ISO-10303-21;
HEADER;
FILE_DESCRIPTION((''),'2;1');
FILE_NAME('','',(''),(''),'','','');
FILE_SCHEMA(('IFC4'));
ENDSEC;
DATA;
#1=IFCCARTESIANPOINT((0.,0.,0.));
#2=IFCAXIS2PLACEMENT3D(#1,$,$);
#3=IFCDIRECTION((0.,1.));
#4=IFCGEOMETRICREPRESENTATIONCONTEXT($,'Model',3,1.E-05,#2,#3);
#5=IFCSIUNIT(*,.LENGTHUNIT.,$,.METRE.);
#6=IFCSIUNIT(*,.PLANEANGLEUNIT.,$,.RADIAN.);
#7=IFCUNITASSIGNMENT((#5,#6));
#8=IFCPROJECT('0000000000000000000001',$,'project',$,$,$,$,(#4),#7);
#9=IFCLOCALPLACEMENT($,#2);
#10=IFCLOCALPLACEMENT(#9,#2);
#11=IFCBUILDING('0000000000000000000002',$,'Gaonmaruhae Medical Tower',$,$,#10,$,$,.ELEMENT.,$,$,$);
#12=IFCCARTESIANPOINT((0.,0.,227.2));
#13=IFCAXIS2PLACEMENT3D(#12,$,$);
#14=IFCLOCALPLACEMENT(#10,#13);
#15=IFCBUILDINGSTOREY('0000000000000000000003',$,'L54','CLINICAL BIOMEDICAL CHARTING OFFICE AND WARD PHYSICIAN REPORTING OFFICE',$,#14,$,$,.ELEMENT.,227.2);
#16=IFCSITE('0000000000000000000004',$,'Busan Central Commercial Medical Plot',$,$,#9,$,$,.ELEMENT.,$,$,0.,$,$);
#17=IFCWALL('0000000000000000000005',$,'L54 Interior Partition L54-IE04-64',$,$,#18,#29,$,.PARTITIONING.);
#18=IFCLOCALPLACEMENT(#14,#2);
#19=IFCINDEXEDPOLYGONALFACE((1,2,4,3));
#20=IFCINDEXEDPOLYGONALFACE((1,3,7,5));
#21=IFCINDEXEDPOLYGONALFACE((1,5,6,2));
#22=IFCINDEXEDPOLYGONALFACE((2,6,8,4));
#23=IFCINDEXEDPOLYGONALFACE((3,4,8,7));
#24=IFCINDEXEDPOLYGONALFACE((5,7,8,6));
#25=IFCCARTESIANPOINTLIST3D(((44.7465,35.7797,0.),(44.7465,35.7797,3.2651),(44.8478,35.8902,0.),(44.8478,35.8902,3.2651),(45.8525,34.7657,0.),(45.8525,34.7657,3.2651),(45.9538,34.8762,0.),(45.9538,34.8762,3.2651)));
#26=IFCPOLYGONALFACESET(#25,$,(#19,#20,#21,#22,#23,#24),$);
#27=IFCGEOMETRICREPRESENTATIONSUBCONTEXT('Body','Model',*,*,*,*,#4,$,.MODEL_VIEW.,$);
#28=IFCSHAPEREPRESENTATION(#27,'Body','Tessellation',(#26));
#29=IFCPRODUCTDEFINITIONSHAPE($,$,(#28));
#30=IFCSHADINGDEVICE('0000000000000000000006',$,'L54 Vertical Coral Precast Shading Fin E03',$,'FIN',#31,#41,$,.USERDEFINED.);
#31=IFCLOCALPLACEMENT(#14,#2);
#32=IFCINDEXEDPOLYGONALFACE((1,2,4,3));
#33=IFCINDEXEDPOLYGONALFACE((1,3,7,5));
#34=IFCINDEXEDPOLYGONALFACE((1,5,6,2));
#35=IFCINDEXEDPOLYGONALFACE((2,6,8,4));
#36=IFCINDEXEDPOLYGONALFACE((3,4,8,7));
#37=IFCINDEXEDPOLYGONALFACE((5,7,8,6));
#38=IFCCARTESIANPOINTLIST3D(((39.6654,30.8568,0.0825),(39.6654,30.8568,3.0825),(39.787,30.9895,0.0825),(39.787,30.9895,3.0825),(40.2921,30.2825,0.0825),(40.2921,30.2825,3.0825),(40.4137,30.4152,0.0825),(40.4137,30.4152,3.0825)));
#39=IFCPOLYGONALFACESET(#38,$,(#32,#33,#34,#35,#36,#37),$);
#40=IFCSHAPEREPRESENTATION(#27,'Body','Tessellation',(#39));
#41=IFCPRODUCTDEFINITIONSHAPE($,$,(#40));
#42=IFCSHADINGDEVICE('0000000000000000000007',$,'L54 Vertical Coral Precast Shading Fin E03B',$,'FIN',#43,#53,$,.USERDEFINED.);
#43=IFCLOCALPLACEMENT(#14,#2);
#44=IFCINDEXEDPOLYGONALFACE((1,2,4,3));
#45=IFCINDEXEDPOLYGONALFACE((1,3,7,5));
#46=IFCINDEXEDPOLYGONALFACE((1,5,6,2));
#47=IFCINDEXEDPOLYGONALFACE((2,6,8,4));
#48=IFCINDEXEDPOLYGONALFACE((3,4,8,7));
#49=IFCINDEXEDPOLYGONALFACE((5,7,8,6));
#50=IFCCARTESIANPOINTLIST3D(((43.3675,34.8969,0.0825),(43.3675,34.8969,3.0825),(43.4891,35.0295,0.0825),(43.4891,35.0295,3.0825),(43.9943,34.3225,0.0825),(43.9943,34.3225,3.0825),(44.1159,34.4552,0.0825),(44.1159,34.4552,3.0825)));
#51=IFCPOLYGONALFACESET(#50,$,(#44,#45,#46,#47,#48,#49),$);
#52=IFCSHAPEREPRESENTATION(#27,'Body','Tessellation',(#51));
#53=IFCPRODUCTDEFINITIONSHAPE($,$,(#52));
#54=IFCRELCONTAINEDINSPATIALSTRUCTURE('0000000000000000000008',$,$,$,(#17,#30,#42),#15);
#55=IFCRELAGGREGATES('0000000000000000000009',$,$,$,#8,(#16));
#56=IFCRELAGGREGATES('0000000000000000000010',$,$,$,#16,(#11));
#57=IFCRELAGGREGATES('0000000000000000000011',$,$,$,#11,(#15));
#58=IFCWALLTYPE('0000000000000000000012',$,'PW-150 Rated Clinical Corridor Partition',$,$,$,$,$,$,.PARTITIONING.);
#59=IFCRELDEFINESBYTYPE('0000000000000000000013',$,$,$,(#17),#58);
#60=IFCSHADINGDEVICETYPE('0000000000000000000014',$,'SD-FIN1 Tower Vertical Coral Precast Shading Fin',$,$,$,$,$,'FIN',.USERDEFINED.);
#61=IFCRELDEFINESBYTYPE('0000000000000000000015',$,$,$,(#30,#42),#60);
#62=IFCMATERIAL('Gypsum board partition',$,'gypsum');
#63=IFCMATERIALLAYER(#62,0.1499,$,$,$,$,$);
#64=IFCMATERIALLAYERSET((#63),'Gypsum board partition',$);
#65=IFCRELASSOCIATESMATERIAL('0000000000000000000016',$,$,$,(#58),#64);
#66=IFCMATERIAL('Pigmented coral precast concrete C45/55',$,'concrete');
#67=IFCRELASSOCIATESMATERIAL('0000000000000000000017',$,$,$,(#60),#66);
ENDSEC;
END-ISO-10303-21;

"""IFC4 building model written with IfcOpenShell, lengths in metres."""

from ifc_helpers import new_model, si_unit, direction, frame, frame_2d, origin, origin_2d, place, context, subcontext, project, spatial, rectangle, extrude, material, layer, layer_set, type_object, element, save


model = new_model("IFC4")

# Units and contexts
model_context = context("Model", 3, precision=1e-05, world=origin(), true_north=direction((0.0, 1.0)))
body_context = subcontext(model_context, "Body", "Model", "MODEL_VIEW")
ifc_project = project(units=[si_unit("LENGTHUNIT", "METRE"), si_unit("PLANEANGLEUNIT", "RADIAN")], contexts=[model_context])

# Site, building, storey
site_placement = place(None, origin())
site = spatial("IfcSite", under=ifc_project, at=site_placement, Name="Busan Central Commercial Medical Plot", CompositionType="ELEMENT", RefElevation=0.0)
building_placement = place(site_placement, origin())
building = spatial("IfcBuilding", under=site, at=building_placement, Name="Gaonmaruhae Medical Tower", CompositionType="ELEMENT")
storey_placement = place(building_placement, frame((0.0, 0.0, 227.2)))
storey = spatial("IfcBuildingStorey", under=building, at=storey_placement, Name="L54", Description="CLINICAL BIOMEDICAL CHARTING OFFICE AND WARD PHYSICIAN REPORTING OFFICE", CompositionType="ELEMENT", Elevation=227.2)

# Wall
ifc_material_1 = material(Name="Gypsum board partition", Category="gypsum")
ifc_layer_1 = layer(ifc_material_1, 0.1499)
ifc_layer_set_1 = layer_set([ifc_layer_1], Name="Gypsum board partition")
wall_type_1 = type_object("IfcWallType", Name="PW-150 Rated Clinical Corridor Partition", PredefinedType="PARTITIONING", material=ifc_layer_set_1)
wall_1_placement = place(storey_placement, frame((44.7971, 35.835, 0.0), z_axis=(0.0, 0.0, 1.0), x_axis=(0.737114, -0.675769, 0.0)))
element("IfcWall", 1, at=wall_1_placement, inside=storey, type_object=wall_type_1, Name="L54 Interior Partition L54-IE04-64", PredefinedType="PARTITIONING", context=body_context, shape_type="SweptSolid", body=[
    extrude(rectangle(XDim=1.5005, YDim=0.1499, at=frame_2d((0.7502, 0.0))), origin(), (0.0, 0.0, 1.0), 3.2651),
])

# Shading devices
ifc_material_2 = material(Name="Pigmented coral precast concrete C45/55", Category="concrete")
shading_device_type = type_object("IfcShadingDeviceType", Name="SD-FIN1 Tower Vertical Coral Precast Shading Fin", ElementType="FIN", PredefinedType="USERDEFINED", material=ifc_material_2)
for number, where, z_axis, x_axis, name in (
    (2, (40.0396, 30.636, 0.0825), (0.0, 0.0, 1.0), (0.67559, 0.737277, 0.0), "L54 Vertical Coral Precast Shading Fin E03"),
    (3, (43.7417, 34.676, 0.0825), (0.0, 0.0, 1.0), (0.67559, 0.737277, 0.0), "L54 Vertical Coral Precast Shading Fin E03B"),
):
    element("IfcShadingDevice", number, at=place(storey_placement, frame(where, z_axis=z_axis, x_axis=x_axis)), inside=storey, type_object=shading_device_type, Name=name, ObjectType="FIN", PredefinedType="USERDEFINED", context=body_context, shape_type="SweptSolid", body=[
        extrude(rectangle(XDim=0.1799, YDim=0.8501, at=origin_2d()), origin(), (0.0, 0.0, 1.0), 3.0),
    ])

save(model, "model.ifc")
